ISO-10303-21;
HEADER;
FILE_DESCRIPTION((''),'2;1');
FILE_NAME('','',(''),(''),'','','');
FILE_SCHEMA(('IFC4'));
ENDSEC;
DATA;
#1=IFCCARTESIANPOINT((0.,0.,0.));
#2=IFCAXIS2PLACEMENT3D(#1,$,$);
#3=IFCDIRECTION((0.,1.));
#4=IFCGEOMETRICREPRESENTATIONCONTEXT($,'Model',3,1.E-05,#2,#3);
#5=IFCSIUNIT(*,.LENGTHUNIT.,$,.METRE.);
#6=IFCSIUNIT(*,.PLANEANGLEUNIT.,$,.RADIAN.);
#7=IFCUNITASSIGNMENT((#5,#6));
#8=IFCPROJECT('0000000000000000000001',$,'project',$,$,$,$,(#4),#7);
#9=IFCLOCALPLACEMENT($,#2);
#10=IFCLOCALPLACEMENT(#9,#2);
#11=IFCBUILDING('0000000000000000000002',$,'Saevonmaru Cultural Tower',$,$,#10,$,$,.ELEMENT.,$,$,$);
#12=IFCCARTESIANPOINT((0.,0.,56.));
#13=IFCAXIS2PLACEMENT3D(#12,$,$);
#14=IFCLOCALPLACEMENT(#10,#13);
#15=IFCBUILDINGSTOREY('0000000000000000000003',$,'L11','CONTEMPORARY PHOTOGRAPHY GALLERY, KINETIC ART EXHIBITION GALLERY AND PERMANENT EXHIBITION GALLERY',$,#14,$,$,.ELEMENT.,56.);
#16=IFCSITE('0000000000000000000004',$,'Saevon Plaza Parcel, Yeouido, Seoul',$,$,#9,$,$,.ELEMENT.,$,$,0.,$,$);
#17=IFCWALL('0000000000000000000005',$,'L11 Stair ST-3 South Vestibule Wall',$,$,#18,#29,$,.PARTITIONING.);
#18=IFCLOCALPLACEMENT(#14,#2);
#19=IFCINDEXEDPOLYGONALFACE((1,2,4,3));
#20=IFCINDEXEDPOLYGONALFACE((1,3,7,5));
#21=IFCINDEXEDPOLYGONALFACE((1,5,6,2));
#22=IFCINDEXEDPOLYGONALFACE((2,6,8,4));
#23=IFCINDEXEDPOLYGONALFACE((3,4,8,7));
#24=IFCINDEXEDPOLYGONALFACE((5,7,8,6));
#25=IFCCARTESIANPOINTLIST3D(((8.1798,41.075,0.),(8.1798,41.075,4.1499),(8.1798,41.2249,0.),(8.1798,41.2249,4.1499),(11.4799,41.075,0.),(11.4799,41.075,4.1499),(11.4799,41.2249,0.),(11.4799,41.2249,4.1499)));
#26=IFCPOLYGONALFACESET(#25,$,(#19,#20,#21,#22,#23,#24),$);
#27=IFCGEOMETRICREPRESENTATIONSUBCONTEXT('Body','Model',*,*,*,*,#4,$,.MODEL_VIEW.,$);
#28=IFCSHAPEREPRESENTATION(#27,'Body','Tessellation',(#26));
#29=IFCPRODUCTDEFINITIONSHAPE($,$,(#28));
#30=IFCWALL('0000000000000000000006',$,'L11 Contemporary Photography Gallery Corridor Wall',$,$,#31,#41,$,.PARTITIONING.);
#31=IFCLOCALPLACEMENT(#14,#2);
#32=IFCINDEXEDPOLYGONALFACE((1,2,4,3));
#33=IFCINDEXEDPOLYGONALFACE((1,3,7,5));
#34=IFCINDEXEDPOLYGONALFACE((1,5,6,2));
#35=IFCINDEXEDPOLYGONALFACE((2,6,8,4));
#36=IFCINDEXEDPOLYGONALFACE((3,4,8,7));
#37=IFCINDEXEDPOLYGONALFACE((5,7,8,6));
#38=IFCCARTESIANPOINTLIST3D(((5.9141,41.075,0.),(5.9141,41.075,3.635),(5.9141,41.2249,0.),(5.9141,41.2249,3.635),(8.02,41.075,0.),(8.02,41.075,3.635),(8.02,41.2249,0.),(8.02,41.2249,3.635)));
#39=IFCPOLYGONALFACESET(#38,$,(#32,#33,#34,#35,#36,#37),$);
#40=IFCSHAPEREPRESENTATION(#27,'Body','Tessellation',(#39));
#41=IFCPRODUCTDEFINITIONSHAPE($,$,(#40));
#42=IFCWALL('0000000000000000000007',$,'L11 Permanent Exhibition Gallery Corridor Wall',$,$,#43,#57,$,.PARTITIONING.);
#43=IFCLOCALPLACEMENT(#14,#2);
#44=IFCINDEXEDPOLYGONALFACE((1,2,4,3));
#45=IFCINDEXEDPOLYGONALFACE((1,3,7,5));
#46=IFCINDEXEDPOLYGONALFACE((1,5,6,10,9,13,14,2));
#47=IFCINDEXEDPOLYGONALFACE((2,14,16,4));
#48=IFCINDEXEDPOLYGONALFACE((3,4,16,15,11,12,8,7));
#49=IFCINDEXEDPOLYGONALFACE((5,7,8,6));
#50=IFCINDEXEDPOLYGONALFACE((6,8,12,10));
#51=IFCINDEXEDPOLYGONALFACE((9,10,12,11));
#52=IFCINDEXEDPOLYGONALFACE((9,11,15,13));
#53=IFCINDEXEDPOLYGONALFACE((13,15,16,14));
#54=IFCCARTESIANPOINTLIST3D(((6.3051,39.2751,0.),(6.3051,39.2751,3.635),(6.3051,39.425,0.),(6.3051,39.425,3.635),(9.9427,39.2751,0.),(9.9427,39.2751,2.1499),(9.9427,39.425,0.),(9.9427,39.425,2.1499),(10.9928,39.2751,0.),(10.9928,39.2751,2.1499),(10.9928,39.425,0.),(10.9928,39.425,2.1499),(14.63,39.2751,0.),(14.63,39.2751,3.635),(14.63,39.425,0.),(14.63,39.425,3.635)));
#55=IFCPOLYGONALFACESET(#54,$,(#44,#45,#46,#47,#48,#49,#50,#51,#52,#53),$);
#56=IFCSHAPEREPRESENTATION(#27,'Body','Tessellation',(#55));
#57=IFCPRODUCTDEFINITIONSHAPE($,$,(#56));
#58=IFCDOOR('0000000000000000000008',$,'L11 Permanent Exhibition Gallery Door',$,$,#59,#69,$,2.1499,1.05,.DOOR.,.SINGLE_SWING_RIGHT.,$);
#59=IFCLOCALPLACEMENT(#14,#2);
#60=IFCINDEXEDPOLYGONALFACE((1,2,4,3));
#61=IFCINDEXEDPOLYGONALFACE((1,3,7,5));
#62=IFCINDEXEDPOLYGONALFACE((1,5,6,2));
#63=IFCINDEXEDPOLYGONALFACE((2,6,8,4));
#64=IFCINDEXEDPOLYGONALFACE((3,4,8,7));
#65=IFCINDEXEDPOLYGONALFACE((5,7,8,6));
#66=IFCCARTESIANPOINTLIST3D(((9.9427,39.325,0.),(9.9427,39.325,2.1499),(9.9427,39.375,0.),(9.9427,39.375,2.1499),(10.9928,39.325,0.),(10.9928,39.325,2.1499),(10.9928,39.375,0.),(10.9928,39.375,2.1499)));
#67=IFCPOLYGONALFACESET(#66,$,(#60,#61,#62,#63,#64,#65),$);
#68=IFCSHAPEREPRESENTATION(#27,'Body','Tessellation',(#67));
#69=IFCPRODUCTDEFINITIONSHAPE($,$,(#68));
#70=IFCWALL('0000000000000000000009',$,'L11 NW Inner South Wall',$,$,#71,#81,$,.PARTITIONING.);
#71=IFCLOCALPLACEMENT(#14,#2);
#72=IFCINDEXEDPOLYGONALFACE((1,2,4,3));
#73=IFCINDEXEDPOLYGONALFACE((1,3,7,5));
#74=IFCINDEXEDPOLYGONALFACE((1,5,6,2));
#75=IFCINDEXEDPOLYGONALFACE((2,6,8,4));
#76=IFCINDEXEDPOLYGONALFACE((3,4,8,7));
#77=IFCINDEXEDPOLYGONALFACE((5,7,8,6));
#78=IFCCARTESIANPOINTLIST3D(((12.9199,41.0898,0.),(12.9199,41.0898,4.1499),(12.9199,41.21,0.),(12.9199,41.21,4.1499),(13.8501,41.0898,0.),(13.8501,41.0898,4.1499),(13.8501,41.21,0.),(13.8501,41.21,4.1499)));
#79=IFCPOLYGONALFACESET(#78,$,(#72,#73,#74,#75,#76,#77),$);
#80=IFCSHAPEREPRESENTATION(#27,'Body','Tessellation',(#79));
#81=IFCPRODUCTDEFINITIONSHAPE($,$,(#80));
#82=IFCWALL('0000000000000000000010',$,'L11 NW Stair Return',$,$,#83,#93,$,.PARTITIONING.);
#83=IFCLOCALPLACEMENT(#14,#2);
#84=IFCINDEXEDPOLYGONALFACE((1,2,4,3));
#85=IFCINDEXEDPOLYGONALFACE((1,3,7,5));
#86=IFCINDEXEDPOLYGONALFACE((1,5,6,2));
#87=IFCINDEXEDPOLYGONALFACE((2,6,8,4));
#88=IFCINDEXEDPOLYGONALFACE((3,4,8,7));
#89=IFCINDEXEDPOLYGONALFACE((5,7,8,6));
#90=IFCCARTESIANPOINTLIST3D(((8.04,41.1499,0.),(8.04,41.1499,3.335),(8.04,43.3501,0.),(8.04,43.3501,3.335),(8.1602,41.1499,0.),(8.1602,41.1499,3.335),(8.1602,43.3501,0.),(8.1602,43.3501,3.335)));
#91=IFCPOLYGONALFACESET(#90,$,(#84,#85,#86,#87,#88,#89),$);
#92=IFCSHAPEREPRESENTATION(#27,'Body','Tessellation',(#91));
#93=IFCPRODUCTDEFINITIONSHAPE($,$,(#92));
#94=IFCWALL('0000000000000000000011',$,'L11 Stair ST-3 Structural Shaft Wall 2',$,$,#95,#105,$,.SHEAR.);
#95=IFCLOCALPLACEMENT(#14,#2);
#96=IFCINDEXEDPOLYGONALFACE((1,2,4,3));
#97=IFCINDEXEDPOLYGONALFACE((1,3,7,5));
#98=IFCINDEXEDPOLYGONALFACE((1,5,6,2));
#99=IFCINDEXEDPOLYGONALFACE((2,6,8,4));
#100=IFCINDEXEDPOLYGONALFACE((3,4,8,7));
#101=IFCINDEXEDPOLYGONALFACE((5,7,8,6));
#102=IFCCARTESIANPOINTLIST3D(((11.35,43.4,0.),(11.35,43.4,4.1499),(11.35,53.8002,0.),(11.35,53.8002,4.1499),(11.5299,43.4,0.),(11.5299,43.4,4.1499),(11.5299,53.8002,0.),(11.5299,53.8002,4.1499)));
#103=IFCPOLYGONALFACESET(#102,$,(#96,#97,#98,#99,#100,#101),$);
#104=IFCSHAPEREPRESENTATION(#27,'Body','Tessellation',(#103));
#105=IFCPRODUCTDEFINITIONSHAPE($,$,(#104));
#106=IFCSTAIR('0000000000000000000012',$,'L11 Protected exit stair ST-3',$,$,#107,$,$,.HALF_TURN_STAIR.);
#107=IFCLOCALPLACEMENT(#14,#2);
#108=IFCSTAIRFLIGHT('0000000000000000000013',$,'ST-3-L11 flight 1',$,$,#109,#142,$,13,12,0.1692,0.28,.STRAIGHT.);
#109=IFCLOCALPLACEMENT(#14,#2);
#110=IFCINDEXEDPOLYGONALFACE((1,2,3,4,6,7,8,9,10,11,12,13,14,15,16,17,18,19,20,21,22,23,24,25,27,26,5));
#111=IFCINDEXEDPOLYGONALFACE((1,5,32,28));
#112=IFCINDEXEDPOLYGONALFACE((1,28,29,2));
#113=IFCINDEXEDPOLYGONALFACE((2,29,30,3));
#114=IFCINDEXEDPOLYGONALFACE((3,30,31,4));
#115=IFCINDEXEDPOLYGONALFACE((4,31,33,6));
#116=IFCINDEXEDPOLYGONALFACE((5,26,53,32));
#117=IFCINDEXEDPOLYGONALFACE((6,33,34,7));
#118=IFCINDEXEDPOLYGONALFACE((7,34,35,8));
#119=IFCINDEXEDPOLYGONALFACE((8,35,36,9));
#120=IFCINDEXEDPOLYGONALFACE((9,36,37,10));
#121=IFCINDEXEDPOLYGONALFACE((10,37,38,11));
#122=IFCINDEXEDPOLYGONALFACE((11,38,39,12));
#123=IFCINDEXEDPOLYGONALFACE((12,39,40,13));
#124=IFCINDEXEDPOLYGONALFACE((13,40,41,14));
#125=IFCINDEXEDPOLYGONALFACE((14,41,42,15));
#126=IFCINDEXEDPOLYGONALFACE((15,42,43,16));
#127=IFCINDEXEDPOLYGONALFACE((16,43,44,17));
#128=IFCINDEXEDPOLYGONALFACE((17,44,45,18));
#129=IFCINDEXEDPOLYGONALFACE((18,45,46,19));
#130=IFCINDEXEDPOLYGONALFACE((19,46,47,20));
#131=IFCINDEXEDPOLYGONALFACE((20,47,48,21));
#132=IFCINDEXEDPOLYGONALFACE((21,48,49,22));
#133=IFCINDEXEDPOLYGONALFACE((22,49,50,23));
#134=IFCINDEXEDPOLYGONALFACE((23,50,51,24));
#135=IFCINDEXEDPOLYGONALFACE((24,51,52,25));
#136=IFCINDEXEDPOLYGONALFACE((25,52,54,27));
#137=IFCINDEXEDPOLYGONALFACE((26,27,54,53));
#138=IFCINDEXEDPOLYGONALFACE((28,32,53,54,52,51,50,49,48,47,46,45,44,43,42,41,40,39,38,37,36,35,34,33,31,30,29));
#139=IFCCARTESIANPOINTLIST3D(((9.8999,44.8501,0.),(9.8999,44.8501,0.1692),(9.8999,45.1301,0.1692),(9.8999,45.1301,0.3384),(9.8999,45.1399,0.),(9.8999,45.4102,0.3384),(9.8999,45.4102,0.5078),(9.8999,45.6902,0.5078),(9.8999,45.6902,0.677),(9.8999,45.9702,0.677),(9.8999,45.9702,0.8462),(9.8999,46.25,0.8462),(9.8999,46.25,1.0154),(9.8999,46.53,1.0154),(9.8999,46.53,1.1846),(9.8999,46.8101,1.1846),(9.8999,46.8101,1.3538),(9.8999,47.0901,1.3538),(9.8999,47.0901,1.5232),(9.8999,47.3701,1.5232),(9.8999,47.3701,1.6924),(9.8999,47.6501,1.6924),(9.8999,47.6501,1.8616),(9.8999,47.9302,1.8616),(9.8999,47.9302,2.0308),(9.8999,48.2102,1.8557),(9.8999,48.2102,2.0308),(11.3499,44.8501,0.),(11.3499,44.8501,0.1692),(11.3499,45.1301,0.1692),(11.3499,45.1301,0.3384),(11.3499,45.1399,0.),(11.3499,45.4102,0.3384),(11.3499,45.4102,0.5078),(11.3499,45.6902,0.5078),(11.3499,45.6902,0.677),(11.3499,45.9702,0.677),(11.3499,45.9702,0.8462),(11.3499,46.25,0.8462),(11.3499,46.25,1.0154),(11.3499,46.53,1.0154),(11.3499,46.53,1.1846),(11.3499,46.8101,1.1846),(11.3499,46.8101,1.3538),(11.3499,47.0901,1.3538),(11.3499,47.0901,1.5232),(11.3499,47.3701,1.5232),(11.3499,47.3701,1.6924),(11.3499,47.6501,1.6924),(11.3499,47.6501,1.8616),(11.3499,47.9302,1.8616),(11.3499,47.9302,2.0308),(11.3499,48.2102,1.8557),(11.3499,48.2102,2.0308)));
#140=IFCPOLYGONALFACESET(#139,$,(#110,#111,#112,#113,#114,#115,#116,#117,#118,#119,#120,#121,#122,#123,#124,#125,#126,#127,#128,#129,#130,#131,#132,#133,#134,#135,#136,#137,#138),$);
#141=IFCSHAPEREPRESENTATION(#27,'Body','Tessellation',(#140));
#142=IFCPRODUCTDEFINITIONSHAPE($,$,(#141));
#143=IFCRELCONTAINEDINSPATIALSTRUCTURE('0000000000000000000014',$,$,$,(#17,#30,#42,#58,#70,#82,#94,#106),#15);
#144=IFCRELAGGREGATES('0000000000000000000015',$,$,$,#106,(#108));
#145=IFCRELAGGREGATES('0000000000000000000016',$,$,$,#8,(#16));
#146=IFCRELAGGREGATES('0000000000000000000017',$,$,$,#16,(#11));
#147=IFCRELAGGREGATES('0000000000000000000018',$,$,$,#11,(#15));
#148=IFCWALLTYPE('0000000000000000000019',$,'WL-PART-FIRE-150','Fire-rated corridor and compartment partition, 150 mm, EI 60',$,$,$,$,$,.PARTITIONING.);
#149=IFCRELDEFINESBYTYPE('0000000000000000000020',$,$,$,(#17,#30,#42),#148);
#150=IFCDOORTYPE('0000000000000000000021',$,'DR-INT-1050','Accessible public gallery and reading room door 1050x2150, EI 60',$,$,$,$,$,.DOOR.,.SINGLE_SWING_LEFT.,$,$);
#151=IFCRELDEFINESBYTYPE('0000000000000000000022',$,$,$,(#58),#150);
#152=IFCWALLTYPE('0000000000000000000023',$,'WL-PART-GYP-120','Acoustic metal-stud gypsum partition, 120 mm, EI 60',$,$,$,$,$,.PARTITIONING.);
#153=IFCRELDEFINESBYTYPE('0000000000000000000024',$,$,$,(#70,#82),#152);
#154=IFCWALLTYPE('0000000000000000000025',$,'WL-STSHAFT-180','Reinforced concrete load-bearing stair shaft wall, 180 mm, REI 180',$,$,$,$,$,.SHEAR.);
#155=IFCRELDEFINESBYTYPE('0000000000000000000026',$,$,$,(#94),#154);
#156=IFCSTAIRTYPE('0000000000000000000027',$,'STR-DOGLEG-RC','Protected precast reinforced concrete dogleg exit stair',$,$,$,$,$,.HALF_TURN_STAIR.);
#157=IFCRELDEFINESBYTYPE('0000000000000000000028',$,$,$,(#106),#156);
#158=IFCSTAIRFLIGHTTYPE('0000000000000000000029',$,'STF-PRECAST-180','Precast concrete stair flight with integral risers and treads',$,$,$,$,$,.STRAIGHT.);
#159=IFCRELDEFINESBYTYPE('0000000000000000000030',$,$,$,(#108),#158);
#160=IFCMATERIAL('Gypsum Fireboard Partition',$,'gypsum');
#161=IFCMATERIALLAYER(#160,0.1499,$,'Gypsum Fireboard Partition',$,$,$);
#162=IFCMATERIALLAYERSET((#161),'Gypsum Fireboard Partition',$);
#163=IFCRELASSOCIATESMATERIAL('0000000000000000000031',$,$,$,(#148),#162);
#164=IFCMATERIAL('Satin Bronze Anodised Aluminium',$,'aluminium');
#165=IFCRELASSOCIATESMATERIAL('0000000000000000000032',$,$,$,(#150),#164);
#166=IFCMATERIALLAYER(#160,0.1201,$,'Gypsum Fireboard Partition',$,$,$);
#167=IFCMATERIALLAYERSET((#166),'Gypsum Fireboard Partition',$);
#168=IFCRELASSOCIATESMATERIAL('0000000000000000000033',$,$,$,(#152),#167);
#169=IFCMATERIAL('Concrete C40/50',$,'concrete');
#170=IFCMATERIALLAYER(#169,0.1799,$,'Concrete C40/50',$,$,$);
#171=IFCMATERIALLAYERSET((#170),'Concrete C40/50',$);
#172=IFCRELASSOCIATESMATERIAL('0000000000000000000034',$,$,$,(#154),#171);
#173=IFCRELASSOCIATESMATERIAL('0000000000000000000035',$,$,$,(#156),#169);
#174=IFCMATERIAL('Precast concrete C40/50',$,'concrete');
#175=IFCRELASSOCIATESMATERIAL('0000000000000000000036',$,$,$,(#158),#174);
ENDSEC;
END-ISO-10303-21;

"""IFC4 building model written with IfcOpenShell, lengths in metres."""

from ifc_helpers import new_model, si_unit, direction, frame, frame_2d, origin, place, context, subcontext, project, spatial, polyline, rectangle, outline, extrude, material, layer, layer_set, type_object, element, fill, aggregate, save


model = new_model("IFC4")

# Units and contexts
model_context = context("Model", 3, precision=1e-05, world=origin(), true_north=direction((0.0, 1.0)))
body_context = subcontext(model_context, "Body", "Model", "MODEL_VIEW")
ifc_project = project(units=[si_unit("LENGTHUNIT", "METRE"), si_unit("PLANEANGLEUNIT", "RADIAN")], contexts=[model_context])

# Site, building, storey
site_placement = place(None, origin())
site = spatial("IfcSite", under=ifc_project, at=site_placement, Name="Saevon Plaza Parcel, Yeouido, Seoul", CompositionType="ELEMENT", RefElevation=0.0)
building_placement = place(site_placement, origin())
building = spatial("IfcBuilding", under=site, at=building_placement, Name="Saevonmaru Cultural Tower", CompositionType="ELEMENT")
storey_placement = place(building_placement, frame((0.0, 0.0, 56.0)))
storey = spatial("IfcBuildingStorey", under=building, at=storey_placement, Name="L11", Description="CONTEMPORARY PHOTOGRAPHY GALLERY, KINETIC ART EXHIBITION GALLERY AND PERMANENT EXHIBITION GALLERY", CompositionType="ELEMENT", Elevation=56.0)

# Shared definitions
ifc_material_1 = material(Name="Satin Bronze Anodised Aluminium", Category="aluminium")

# Walls
ifc_material_2 = material(Name="Gypsum Fireboard Partition", Category="gypsum")
ifc_layer_1 = layer(ifc_material_2, 0.1499, Name="Gypsum Fireboard Partition")
ifc_layer_set_1 = layer_set([ifc_layer_1], Name="Gypsum Fireboard Partition")
wall_type_1 = type_object("IfcWallType", Name="WL-PART-FIRE-150", Description="Fire-rated corridor and compartment partition, 150 mm, EI 60", PredefinedType="PARTITIONING", material=ifc_layer_set_1)
wall_1_placement = place(storey_placement, frame((8.1799, 41.1499, 0.0), z_axis=(0.0, 0.0, 1.0), x_axis=(1.0, 0.0, 0.0)))
element("IfcWall", 1, at=wall_1_placement, inside=storey, type_object=wall_type_1, Name="L11 Stair ST-3 South Vestibule Wall", PredefinedType="PARTITIONING", context=body_context, shape_type="SweptSolid", body=[
    extrude(rectangle(XDim=3.3, YDim=0.1499, at=frame_2d((1.6499, 0.0))), origin(), (0.0, 0.0, 1.0), 4.1499),
])
wall_2_placement = place(storey_placement, frame((5.9141, 41.1499, 0.0), z_axis=(0.0, 0.0, 1.0), x_axis=(1.0, 0.0, 0.0)))
element("IfcWall", 2, at=wall_2_placement, inside=storey, type_object=wall_type_1, Name="L11 Contemporary Photography Gallery Corridor Wall", PredefinedType="PARTITIONING", context=body_context, shape_type="SweptSolid", body=[
    extrude(rectangle(XDim=2.106, YDim=0.1499, at=frame_2d((1.053, 0.0))), origin(), (0.0, 0.0, 1.0), 3.635),
])

# Wall, opening, door
wall_3_placement = place(storey_placement, frame((6.3049, 39.3501, 0.0), z_axis=(0.0, 0.0, 1.0), x_axis=(1.0, 0.0, 0.0)))
wall_3 = element("IfcWall", 3, at=wall_3_placement, inside=storey, type_object=wall_type_1, Name="L11 Permanent Exhibition Gallery Corridor Wall", PredefinedType="PARTITIONING", context=body_context, shape_type="SweptSolid", body=[
    extrude(rectangle(XDim=8.325, YDim=0.1499, at=frame_2d((4.1626, 0.0))), origin(), (0.0, 0.0, 1.0), 3.635),
])
opening_1_placement = place(wall_3_placement, frame((3.6379, 0.0, 0.0)))
opening_1 = element("IfcOpeningElement", 4, at=opening_1_placement, cuts=wall_3, PredefinedType="OPENING", context=body_context, shape_type="SweptSolid", body=[
    extrude(rectangle(XDim=1.05, YDim=2.1499, at=frame_2d((0.5249, 1.075))), frame((0.0, 0.085, 0.0), z_axis=(0.0, -1.0, 0.0), x_axis=(1.0, 0.0, 0.0)), (0.0, 0.0, 1.0), 0.1699),
])
door_type_1 = type_object("IfcDoorType", Name="DR-INT-1050", Description="Accessible public gallery and reading room door 1050x2150, EI 60", OperationType="SINGLE_SWING_LEFT", PredefinedType="DOOR", material=ifc_material_1)
door_1_placement = place(opening_1_placement, origin())
door_1 = element("IfcDoor", 5, at=door_1_placement, inside=storey, type_object=door_type_1, Name="L11 Permanent Exhibition Gallery Door", OperationType="SINGLE_SWING_RIGHT", OverallHeight=2.1499, OverallWidth=1.05, PredefinedType="DOOR", context=body_context, shape_type="SweptSolid", body=[
    extrude(rectangle(XDim=1.05, YDim=2.1499, at=frame_2d((0.5249, 1.075))), frame((0.0, 0.0249, 0.0), z_axis=(0.0, -1.0, 0.0), x_axis=(1.0, 0.0, 0.0)), (0.0, 0.0, 1.0), 0.05),
])
fill(opening_1, door_1)

# Walls
ifc_layer_2 = layer(ifc_material_2, 0.1201, Name="Gypsum Fireboard Partition")
ifc_layer_set_2 = layer_set([ifc_layer_2], Name="Gypsum Fireboard Partition")
wall_type_2 = type_object("IfcWallType", Name="WL-PART-GYP-120", Description="Acoustic metal-stud gypsum partition, 120 mm, EI 60", PredefinedType="PARTITIONING", material=ifc_layer_set_2)
wall_4_placement = place(storey_placement, frame((12.9199, 41.1499, 0.0), z_axis=(0.0, 0.0, 1.0), x_axis=(1.0, 0.0, 0.0)))
element("IfcWall", 6, at=wall_4_placement, inside=storey, type_object=wall_type_2, Name="L11 NW Inner South Wall", PredefinedType="PARTITIONING", context=body_context, shape_type="SweptSolid", body=[
    extrude(rectangle(XDim=0.9302, YDim=0.1201, at=frame_2d((0.4651, 0.0))), origin(), (0.0, 0.0, 1.0), 4.1499),
])
wall_5_placement = place(storey_placement, frame((8.1001, 41.1499, 0.0), z_axis=(0.0, 0.0, 1.0), x_axis=(0.0, 1.0, 0.0)))
element("IfcWall", 7, at=wall_5_placement, inside=storey, type_object=wall_type_2, Name="L11 NW Stair Return", PredefinedType="PARTITIONING", context=body_context, shape_type="SweptSolid", body=[
    extrude(rectangle(XDim=2.2002, YDim=0.1201, at=frame_2d((1.1001, 0.0))), origin(), (0.0, 0.0, 1.0), 3.335),
])

# Shared definitions
ifc_material_3 = material(Name="Concrete C40/50", Category="concrete")
ifc_layer_3 = layer(ifc_material_3, 0.1799, Name="Concrete C40/50")
ifc_layer_set_3 = layer_set([ifc_layer_3], Name="Concrete C40/50")
wall_type_3 = type_object("IfcWallType", Name="WL-STSHAFT-180", Description="Reinforced concrete load-bearing stair shaft wall, 180 mm, REI 180", PredefinedType="SHEAR", material=ifc_layer_set_3)

# Wall
wall_6_placement = place(storey_placement, frame((11.4399, 43.3999, 0.0), z_axis=(0.0, 0.0, 1.0), x_axis=(0.0, 1.0, 0.0)))
element("IfcWall", 8, at=wall_6_placement, inside=storey, type_object=wall_type_3, Name="L11 Stair ST-3 Structural Shaft Wall 2", PredefinedType="SHEAR", context=body_context, shape_type="SweptSolid", body=[
    extrude(rectangle(XDim=10.4001, YDim=0.1799, at=frame_2d((5.2002, 0.0))), origin(), (0.0, 0.0, 1.0), 4.1499),
])

# Stair, stair flight
stair_type = type_object("IfcStairType", Name="STR-DOGLEG-RC", Description="Protected precast reinforced concrete dogleg exit stair", PredefinedType="HALF_TURN_STAIR", material=ifc_material_3)
stair_placement = place(storey_placement, origin())
stair = element("IfcStair", 9, at=stair_placement, inside=storey, type_object=stair_type, Name="L11 Protected exit stair ST-3", PredefinedType="HALF_TURN_STAIR")
ifc_material_4 = material(Name="Precast concrete C40/50", Category="concrete")
stair_flight_type = type_object("IfcStairFlightType", Name="STF-PRECAST-180", Description="Precast concrete stair flight with integral risers and treads", PredefinedType="STRAIGHT", material=ifc_material_4)
stair_flight_placement = place(storey_placement, frame((10.625, 44.8501, 0.0), z_axis=(0.0, 0.0, 1.0), x_axis=(0.0, 1.0, 0.0)))
stair_flight = element("IfcStairFlight", 10, at=stair_flight_placement, type_object=stair_flight_type, Name="ST-3-L11 flight 1", NumberOfRisers=13, NumberOfTreads=12, PredefinedType="STRAIGHT", RiserHeight=0.1692, TreadLength=0.28, context=body_context, shape_type="SweptSolid", body=[
    extrude(outline(polyline([(0.0, 0.0), (0.0, 0.1692), (0.28, 0.1692), (0.28, 0.3384), (0.5601, 0.3384), (0.5601, 0.5078), (0.8401, 0.5078), (0.8401, 0.677), (1.1201, 0.677), (1.1201, 0.8462), (1.3999, 0.8462), (1.3999, 1.0154), (1.6799, 1.0154), (1.6799, 1.1846), (1.96, 1.1846), (1.96, 1.3538), (2.24, 1.3538), (2.24, 1.5232), (2.52, 1.5232), (2.52, 1.6924), (2.8, 1.6924), (2.8, 1.8616), (3.0801, 1.8616), (3.0801, 2.0308), (3.3601, 2.0308), (3.3601, 2.2), (3.3601, 1.8557), (0.2898, 0.0), (0.0, 0.0)])), frame((0.0, 0.7251, 0.0), z_axis=(0.0, -1.0, 0.0), x_axis=(1.0, 0.0, 0.0)), (0.0, 0.0, 1.0), 1.45),
])
aggregate(stair, [stair_flight])

save(model, "model.ifc")
